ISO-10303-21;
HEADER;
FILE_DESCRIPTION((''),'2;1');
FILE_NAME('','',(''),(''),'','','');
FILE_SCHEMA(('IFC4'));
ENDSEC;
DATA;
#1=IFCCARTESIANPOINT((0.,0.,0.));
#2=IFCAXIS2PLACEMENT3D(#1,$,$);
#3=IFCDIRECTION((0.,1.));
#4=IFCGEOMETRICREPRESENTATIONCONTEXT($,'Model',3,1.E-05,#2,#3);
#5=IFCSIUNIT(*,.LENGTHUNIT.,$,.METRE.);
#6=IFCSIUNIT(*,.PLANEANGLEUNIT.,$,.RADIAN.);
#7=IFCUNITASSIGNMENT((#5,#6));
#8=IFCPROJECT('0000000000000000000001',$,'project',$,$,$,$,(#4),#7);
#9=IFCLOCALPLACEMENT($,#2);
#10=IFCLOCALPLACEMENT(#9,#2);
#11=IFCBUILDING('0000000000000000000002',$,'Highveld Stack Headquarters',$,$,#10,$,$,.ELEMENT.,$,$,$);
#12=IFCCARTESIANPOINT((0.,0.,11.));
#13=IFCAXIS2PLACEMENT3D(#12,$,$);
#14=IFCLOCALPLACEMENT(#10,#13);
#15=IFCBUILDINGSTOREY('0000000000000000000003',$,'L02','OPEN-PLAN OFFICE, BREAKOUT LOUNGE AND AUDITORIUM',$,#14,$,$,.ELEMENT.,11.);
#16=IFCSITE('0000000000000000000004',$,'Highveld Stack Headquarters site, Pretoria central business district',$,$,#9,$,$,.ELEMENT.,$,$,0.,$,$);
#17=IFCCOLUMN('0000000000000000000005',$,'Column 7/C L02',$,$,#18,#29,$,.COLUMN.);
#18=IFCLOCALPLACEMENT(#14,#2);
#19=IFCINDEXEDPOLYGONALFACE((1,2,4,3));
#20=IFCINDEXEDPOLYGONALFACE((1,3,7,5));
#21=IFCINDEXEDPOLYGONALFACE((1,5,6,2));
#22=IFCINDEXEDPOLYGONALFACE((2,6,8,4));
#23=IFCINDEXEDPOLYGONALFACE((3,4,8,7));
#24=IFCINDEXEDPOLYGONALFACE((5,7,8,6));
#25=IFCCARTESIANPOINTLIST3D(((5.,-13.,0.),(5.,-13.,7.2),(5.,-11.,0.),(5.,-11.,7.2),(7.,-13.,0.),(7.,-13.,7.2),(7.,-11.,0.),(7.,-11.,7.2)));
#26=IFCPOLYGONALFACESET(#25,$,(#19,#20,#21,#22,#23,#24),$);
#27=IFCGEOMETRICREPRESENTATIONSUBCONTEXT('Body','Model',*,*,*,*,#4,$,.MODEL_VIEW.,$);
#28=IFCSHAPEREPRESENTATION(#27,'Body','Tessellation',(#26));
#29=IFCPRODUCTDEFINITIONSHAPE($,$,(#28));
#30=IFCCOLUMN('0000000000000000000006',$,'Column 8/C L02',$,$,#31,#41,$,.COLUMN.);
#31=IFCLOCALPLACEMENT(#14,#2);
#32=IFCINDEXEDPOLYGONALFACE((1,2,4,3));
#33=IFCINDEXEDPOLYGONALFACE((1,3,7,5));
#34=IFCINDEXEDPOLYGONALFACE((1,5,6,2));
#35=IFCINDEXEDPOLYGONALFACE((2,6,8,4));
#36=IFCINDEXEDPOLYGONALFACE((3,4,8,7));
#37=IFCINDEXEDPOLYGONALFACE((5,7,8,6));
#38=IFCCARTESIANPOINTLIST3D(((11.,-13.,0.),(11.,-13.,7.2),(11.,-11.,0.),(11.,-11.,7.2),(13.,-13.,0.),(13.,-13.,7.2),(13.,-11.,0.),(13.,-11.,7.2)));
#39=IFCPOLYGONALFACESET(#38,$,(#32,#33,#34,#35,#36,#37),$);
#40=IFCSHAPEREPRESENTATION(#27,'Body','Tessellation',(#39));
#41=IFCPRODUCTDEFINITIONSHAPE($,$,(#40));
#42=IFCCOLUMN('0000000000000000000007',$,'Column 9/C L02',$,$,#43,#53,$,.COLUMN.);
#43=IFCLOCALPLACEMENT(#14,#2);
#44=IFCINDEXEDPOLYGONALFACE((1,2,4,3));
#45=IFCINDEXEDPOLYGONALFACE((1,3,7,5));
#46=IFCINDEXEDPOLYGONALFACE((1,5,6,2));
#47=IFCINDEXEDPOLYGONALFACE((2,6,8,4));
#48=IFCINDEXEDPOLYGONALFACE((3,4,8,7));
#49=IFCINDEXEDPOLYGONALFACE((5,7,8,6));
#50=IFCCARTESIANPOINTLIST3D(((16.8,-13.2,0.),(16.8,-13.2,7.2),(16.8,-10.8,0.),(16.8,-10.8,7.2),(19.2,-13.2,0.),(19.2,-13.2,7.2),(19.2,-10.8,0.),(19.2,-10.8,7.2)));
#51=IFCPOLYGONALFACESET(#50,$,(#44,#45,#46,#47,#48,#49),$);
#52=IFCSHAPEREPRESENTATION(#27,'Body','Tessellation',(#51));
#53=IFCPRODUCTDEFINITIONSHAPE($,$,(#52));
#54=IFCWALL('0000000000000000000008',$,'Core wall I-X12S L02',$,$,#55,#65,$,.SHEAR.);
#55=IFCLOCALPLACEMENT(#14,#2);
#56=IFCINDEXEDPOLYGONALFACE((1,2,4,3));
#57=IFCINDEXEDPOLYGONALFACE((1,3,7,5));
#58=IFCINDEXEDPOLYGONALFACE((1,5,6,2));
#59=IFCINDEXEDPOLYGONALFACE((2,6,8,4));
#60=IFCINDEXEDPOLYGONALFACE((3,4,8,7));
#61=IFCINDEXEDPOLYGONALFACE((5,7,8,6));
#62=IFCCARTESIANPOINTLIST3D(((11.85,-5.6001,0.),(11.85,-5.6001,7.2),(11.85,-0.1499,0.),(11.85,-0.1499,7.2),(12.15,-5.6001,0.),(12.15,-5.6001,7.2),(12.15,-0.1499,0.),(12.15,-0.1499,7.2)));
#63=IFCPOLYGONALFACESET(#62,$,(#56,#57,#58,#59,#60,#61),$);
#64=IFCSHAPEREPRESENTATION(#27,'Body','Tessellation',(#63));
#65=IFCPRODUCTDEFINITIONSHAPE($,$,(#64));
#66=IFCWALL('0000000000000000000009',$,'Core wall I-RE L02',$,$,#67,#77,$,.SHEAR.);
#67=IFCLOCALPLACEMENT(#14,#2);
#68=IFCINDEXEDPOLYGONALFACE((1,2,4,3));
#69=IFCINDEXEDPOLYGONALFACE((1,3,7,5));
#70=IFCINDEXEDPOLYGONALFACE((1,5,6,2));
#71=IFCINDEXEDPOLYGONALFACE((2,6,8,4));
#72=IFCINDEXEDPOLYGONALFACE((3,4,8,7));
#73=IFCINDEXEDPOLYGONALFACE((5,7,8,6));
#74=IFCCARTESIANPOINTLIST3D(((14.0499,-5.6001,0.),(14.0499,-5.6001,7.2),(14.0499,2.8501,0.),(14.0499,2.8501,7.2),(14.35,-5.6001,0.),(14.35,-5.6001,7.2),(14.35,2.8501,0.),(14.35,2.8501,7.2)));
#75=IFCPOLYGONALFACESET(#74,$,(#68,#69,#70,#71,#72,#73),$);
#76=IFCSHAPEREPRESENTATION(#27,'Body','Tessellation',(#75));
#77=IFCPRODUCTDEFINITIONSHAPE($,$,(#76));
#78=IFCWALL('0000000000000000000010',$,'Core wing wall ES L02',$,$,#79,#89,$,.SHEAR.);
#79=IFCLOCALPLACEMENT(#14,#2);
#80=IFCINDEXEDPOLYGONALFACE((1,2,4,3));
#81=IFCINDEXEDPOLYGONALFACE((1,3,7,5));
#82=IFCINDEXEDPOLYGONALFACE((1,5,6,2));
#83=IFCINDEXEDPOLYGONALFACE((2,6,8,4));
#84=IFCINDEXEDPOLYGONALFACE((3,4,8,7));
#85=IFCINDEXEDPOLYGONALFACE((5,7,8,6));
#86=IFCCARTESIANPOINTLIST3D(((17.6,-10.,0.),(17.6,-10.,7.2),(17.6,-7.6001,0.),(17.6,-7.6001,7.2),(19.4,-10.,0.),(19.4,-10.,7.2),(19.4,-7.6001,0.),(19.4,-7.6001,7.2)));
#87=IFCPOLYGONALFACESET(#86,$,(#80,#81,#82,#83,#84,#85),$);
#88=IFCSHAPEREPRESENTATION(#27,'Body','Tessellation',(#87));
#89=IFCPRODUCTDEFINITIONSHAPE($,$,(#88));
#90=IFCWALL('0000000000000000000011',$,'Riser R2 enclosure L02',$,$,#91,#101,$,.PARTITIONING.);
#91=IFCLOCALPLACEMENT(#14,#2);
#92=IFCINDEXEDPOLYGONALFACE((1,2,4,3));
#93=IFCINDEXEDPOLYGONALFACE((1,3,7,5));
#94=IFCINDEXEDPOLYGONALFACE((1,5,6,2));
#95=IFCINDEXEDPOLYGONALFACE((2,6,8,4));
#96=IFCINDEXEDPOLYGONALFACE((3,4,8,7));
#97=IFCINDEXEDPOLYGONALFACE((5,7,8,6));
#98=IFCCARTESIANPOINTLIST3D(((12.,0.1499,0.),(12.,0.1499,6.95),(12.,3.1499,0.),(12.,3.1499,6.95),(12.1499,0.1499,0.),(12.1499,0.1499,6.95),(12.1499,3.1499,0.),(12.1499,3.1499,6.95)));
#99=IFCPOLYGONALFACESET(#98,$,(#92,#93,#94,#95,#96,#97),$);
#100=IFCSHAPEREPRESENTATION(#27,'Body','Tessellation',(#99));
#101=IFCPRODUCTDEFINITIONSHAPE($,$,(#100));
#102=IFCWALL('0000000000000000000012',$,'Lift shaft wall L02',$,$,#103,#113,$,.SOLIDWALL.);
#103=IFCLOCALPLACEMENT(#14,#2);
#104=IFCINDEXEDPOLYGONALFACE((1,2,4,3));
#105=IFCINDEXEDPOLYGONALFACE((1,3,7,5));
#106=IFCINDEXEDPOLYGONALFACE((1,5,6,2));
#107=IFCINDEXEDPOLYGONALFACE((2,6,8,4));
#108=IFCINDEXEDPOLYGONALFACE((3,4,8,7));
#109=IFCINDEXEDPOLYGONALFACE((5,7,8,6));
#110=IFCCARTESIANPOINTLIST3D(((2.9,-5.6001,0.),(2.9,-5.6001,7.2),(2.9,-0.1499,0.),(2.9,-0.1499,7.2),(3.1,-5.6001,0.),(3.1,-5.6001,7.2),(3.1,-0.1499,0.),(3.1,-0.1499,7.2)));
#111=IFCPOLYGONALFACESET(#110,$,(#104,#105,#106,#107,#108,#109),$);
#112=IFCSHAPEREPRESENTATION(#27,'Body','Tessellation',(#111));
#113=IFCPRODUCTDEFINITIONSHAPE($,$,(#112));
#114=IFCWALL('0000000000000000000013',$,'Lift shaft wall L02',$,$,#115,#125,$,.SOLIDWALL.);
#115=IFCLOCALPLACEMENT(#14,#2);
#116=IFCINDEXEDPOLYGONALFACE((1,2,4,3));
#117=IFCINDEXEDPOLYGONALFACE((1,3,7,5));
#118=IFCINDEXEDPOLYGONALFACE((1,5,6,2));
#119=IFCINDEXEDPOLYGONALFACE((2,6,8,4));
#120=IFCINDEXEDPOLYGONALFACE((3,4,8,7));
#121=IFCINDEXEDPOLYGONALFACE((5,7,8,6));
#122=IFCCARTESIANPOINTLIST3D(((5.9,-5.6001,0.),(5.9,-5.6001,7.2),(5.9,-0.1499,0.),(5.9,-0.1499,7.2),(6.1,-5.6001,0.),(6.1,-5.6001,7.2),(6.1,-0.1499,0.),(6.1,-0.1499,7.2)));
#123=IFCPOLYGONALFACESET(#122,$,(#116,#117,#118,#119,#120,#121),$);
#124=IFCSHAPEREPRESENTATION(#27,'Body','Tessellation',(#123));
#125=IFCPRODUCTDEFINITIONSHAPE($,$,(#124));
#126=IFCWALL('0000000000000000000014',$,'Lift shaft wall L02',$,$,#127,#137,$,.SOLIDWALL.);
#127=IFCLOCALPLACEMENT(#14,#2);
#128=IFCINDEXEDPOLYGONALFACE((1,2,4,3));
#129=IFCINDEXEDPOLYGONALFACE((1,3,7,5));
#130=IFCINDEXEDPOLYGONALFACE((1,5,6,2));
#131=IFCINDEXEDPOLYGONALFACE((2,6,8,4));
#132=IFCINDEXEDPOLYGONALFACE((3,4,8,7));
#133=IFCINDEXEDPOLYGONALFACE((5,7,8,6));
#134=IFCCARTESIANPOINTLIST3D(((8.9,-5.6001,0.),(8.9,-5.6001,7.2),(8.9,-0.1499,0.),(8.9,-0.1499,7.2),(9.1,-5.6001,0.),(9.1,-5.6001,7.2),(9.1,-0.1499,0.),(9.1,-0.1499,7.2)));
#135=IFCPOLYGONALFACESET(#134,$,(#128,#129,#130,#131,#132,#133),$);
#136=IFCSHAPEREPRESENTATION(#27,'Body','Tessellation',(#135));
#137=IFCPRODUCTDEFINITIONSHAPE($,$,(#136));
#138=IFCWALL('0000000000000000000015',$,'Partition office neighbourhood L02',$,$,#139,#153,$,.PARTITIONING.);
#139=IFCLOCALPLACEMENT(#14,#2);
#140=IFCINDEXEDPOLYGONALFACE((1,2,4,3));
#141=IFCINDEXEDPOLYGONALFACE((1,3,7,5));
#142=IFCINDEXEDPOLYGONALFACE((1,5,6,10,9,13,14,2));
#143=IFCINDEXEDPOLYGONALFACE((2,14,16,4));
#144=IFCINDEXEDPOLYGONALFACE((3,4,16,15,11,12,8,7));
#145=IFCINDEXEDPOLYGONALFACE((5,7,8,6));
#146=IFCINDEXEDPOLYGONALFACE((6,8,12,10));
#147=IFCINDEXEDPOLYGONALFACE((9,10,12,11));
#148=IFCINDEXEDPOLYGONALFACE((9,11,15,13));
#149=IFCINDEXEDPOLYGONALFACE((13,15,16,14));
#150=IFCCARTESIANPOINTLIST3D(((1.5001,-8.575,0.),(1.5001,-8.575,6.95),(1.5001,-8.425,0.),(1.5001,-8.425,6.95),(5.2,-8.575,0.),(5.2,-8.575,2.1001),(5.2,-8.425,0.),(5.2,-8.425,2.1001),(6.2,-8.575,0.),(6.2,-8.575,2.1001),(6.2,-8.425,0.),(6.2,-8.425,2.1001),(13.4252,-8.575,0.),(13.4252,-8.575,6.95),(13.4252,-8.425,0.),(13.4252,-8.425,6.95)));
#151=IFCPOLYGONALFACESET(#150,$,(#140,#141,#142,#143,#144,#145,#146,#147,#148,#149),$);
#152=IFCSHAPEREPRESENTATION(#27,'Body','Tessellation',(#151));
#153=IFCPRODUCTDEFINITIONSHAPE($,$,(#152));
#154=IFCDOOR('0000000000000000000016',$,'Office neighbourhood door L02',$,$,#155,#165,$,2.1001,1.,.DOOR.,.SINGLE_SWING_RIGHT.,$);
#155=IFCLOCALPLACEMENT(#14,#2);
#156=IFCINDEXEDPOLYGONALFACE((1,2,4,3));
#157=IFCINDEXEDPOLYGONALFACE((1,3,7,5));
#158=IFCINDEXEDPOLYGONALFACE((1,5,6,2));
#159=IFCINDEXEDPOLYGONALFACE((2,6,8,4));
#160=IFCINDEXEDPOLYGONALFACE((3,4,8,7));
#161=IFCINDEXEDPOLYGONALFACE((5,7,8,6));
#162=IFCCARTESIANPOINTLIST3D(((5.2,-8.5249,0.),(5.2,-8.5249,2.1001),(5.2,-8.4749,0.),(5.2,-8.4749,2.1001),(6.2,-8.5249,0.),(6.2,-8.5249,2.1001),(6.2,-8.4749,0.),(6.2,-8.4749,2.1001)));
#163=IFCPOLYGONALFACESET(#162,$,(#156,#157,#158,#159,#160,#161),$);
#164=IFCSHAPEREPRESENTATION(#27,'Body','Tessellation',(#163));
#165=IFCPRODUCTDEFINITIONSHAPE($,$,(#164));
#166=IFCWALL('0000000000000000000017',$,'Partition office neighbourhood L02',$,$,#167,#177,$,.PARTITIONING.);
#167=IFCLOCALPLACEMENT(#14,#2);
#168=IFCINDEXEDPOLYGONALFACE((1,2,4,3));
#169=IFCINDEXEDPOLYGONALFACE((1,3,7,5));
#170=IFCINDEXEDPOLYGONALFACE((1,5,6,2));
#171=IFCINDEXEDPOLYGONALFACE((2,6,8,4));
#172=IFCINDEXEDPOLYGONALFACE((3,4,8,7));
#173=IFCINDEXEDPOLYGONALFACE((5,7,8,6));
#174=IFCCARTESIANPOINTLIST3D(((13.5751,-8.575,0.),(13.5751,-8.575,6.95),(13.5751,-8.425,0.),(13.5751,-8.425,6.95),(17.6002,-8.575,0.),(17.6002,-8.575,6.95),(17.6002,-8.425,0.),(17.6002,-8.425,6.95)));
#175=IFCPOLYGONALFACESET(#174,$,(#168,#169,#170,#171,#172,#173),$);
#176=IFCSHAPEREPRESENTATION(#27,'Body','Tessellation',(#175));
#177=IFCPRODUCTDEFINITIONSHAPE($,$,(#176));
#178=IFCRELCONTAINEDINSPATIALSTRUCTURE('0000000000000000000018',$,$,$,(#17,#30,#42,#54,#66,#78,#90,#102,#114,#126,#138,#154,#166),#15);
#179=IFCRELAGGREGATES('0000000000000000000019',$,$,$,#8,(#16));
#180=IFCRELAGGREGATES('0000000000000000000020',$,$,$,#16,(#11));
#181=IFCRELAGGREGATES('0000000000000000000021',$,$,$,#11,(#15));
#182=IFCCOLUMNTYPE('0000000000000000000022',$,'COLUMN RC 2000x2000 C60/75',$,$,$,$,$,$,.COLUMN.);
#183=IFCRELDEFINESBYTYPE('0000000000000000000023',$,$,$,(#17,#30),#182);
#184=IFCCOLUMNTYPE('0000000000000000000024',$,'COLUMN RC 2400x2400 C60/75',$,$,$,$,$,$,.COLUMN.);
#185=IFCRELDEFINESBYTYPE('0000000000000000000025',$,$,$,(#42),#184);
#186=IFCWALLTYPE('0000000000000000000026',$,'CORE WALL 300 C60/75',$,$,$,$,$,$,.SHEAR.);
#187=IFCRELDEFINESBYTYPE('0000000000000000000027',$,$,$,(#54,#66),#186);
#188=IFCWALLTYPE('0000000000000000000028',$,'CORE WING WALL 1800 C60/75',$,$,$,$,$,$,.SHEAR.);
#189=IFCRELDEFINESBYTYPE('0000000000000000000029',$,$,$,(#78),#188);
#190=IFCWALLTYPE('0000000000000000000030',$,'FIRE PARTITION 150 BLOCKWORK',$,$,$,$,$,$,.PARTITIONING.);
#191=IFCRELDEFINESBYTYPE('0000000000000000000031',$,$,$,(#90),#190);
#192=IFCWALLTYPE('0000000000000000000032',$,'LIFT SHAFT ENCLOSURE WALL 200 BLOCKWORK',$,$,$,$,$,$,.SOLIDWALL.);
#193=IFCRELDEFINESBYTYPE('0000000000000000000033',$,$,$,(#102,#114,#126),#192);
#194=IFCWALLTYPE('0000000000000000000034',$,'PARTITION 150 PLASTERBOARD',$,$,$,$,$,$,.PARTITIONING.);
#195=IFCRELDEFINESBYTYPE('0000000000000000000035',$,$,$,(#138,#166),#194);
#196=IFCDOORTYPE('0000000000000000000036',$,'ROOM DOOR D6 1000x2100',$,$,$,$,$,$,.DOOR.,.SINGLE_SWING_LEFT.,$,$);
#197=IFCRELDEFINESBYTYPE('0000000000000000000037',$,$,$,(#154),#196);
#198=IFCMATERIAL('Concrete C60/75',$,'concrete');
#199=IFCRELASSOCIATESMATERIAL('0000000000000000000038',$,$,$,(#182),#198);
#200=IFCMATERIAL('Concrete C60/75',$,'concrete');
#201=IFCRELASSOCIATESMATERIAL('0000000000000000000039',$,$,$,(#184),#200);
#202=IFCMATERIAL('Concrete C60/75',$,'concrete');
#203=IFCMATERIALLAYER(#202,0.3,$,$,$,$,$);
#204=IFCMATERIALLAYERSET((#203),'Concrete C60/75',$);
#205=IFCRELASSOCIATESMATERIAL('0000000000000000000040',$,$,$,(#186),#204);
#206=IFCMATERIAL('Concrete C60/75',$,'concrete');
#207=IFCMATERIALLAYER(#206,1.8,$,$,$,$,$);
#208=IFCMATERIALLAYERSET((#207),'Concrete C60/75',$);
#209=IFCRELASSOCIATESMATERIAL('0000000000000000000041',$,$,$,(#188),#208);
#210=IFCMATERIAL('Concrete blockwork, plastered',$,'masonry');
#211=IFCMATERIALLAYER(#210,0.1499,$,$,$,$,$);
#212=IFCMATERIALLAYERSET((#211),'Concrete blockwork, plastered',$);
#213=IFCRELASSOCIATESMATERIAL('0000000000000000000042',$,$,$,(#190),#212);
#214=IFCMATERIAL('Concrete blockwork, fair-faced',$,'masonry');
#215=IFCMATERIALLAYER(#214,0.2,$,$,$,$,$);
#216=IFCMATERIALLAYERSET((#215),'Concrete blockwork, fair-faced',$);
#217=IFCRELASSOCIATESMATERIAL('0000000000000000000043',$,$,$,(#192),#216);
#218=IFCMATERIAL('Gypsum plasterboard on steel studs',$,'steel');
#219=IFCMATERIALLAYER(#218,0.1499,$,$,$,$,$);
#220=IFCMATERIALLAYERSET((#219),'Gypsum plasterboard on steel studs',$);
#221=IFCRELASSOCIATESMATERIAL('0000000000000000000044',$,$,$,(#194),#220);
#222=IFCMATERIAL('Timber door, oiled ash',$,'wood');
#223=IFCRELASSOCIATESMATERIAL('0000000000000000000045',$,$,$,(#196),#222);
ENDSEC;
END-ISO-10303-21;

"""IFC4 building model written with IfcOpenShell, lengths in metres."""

from ifc_helpers import new_model, si_unit, direction, frame, frame_2d, origin, origin_2d, place, context, subcontext, project, spatial, rectangle, extrude, material, layer, layer_set, material_profile, profile_set, type_object, element, fill, save


model = new_model("IFC4")

# Units and contexts
model_context = context("Model", 3, precision=1e-05, world=origin(), true_north=direction((0.0, 1.0)))
body_context = subcontext(model_context, "Body", "Model", "MODEL_VIEW")
ifc_project = project(units=[si_unit("LENGTHUNIT", "METRE"), si_unit("PLANEANGLEUNIT", "RADIAN")], contexts=[model_context])

# Site, building, storey
site_placement = place(None, origin())
site = spatial("IfcSite", under=ifc_project, at=site_placement, Name="Highveld Stack Headquarters site, Pretoria central business district", CompositionType="ELEMENT", RefElevation=0.0)
building_placement = place(site_placement, origin())
building = spatial("IfcBuilding", under=site, at=building_placement, Name="Highveld Stack Headquarters", CompositionType="ELEMENT")
storey_placement = place(building_placement, frame((0.0, 0.0, 11.0)))
storey = spatial("IfcBuildingStorey", under=building, at=storey_placement, Name="L02", Description="OPEN-PLAN OFFICE, BREAKOUT LOUNGE AND AUDITORIUM", CompositionType="ELEMENT", Elevation=11.0)

# Columns
ifc_material_1 = material(Name="Concrete C60/75", Category="concrete")
ifc_material_profile_1 = material_profile(ifc_material_1, rectangle(XDim=2.0, YDim=2.0, at=origin_2d()), Name="RC 2000x2000")
ifc_profile_set_1 = profile_set([ifc_material_profile_1], Name="Concrete C60/75")
column_type_1 = type_object("IfcColumnType", Name="COLUMN RC 2000x2000 C60/75", PredefinedType="COLUMN", material=ifc_profile_set_1)
for number, where, z_axis, x_axis, name in (
    (1, (6.0, -12.0, 0.0), (0.0, 0.0, 1.0), (1.0, 0.0, 0.0), "Column 7/C L02"),
    (2, (12.0, -12.0, 0.0), (0.0, 0.0, 1.0), (1.0, 0.0, 0.0), "Column 8/C L02"),
):
    element("IfcColumn", number, at=place(storey_placement, frame(where, z_axis=z_axis, x_axis=x_axis)), inside=storey, type_object=column_type_1, Name=name, PredefinedType="COLUMN", context=body_context, shape_type="SweptSolid", body=[
        extrude(rectangle(XDim=2.0, YDim=2.0, at=origin_2d()), origin(), (0.0, 0.0, 1.0), 7.2),
    ])
ifc_material_2 = material(Name="Concrete C60/75", Category="concrete")
ifc_material_profile_2 = material_profile(ifc_material_2, rectangle(XDim=2.3999, YDim=2.3999, at=origin_2d()), Name="RC 2400x2400")
ifc_profile_set_2 = profile_set([ifc_material_profile_2], Name="Concrete C60/75")
column_type_2 = type_object("IfcColumnType", Name="COLUMN RC 2400x2400 C60/75", PredefinedType="COLUMN", material=ifc_profile_set_2)
column_placement = place(storey_placement, frame((18.0, -12.0, 0.0), z_axis=(0.0, 0.0, 1.0), x_axis=(1.0, 0.0, 0.0)))
element("IfcColumn", 3, at=column_placement, inside=storey, type_object=column_type_2, Name="Column 9/C L02", PredefinedType="COLUMN", context=body_context, shape_type="SweptSolid", body=[
    extrude(rectangle(XDim=2.3999, YDim=2.3999, at=origin_2d()), origin(), (0.0, 0.0, 1.0), 7.2),
])

# Walls
ifc_material_3 = material(Name="Concrete C60/75", Category="concrete")
ifc_layer_1 = layer(ifc_material_3, 0.3)
ifc_layer_set_1 = layer_set([ifc_layer_1], Name="Concrete C60/75")
wall_type_1 = type_object("IfcWallType", Name="CORE WALL 300 C60/75", PredefinedType="SHEAR", material=ifc_layer_set_1)
wall_1_placement = place(storey_placement, frame((12.0, -5.6001, 0.0), z_axis=(0.0, 0.0, 1.0), x_axis=(0.0, 1.0, 0.0)))
element("IfcWall", 4, at=wall_1_placement, inside=storey, type_object=wall_type_1, Name="Core wall I-X12S L02", PredefinedType="SHEAR", context=body_context, shape_type="SweptSolid", body=[
    extrude(rectangle(XDim=5.4502, YDim=0.3, at=frame_2d((2.7251, 0.0))), origin(), (0.0, 0.0, 1.0), 7.2),
])
wall_2_placement = place(storey_placement, frame((14.2, -5.6001, 0.0), z_axis=(0.0, 0.0, 1.0), x_axis=(0.0, 1.0, 0.0)))
element("IfcWall", 5, at=wall_2_placement, inside=storey, type_object=wall_type_1, Name="Core wall I-RE L02", PredefinedType="SHEAR", context=body_context, shape_type="SweptSolid", body=[
    extrude(rectangle(XDim=8.4502, YDim=0.3, at=frame_2d((4.2251, 0.0))), origin(), (0.0, 0.0, 1.0), 7.2),
])
ifc_material_4 = material(Name="Concrete C60/75", Category="concrete")
ifc_layer_2 = layer(ifc_material_4, 1.8)
ifc_layer_set_2 = layer_set([ifc_layer_2], Name="Concrete C60/75")
wall_type_2 = type_object("IfcWallType", Name="CORE WING WALL 1800 C60/75", PredefinedType="SHEAR", material=ifc_layer_set_2)
wall_3_placement = place(storey_placement, frame((18.5, -10.0, 0.0), z_axis=(0.0, 0.0, 1.0), x_axis=(0.0, 1.0, 0.0)))
element("IfcWall", 6, at=wall_3_placement, inside=storey, type_object=wall_type_2, Name="Core wing wall ES L02", PredefinedType="SHEAR", context=body_context, shape_type="SweptSolid", body=[
    extrude(rectangle(XDim=2.3999, YDim=1.8, at=frame_2d((1.2, 0.0))), origin(), (0.0, 0.0, 1.0), 7.2),
])
ifc_material_5 = material(Name="Concrete blockwork, plastered", Category="masonry")
ifc_layer_3 = layer(ifc_material_5, 0.1499)
ifc_layer_set_3 = layer_set([ifc_layer_3], Name="Concrete blockwork, plastered")
wall_type_3 = type_object("IfcWallType", Name="FIRE PARTITION 150 BLOCKWORK", PredefinedType="PARTITIONING", material=ifc_layer_set_3)
wall_4_placement = place(storey_placement, frame((12.075, 0.1499, 0.0), z_axis=(0.0, 0.0, 1.0), x_axis=(0.0, 1.0, 0.0)))
element("IfcWall", 7, at=wall_4_placement, inside=storey, type_object=wall_type_3, Name="Riser R2 enclosure L02", PredefinedType="PARTITIONING", context=body_context, shape_type="SweptSolid", body=[
    extrude(rectangle(XDim=3.0, YDim=0.1499, at=frame_2d((1.5, 0.0))), origin(), (0.0, 0.0, 1.0), 6.95),
])
ifc_material_6 = material(Name="Concrete blockwork, fair-faced", Category="masonry")
ifc_layer_4 = layer(ifc_material_6, 0.2)
ifc_layer_set_4 = layer_set([ifc_layer_4], Name="Concrete blockwork, fair-faced")
wall_type_4 = type_object("IfcWallType", Name="LIFT SHAFT ENCLOSURE WALL 200 BLOCKWORK", PredefinedType="SOLIDWALL", material=ifc_layer_set_4)
for number, where, z_axis, x_axis, name in (
    (8, (3.0, -5.6001, 0.0), (0.0, 0.0, 1.0), (0.0, 1.0, 0.0), "Lift shaft wall L02"),
    (9, (6.0, -5.6001, 0.0), (0.0, 0.0, 1.0), (0.0, 1.0, 0.0), "Lift shaft wall L02"),
    (10, (9.0, -5.6001, 0.0), (0.0, 0.0, 1.0), (0.0, 1.0, 0.0), "Lift shaft wall L02"),
):
    element("IfcWall", number, at=place(storey_placement, frame(where, z_axis=z_axis, x_axis=x_axis)), inside=storey, type_object=wall_type_4, Name=name, PredefinedType="SOLIDWALL", context=body_context, shape_type="SweptSolid", body=[
        extrude(rectangle(XDim=5.4502, YDim=0.2, at=frame_2d((2.7251, 0.0))), origin(), (0.0, 0.0, 1.0), 7.2),
    ])

# Wall, opening, door
ifc_material_7 = material(Name="Gypsum plasterboard on steel studs", Category="steel")
ifc_layer_5 = layer(ifc_material_7, 0.1499)
ifc_layer_set_5 = layer_set([ifc_layer_5], Name="Gypsum plasterboard on steel studs")
wall_type_5 = type_object("IfcWallType", Name="PARTITION 150 PLASTERBOARD", PredefinedType="PARTITIONING", material=ifc_layer_set_5)
wall_5_placement = place(storey_placement, frame((13.425, -8.5, 0.0), z_axis=(0.0, 0.0, 1.0), x_axis=(-1.0, 0.0, 0.0)))
wall_5 = element("IfcWall", 11, at=wall_5_placement, inside=storey, type_object=wall_type_5, Name="Partition office neighbourhood L02", PredefinedType="PARTITIONING", context=body_context, shape_type="SweptSolid", body=[
    extrude(rectangle(XDim=11.925, YDim=0.1499, at=frame_2d((5.9624, 0.0))), origin(), (0.0, 0.0, 1.0), 6.95),
])
opening_1_placement = place(wall_5_placement, frame((7.2251, 0.0, 0.0)))
opening_1 = element("IfcOpeningElement", 12, at=opening_1_placement, cuts=wall_5, PredefinedType="OPENING", context=body_context, shape_type="SweptSolid", body=[
    extrude(rectangle(XDim=1.0, YDim=2.1001, at=frame_2d((0.5, 1.05))), frame((0.0, 0.085, 0.0), z_axis=(0.0, -1.0, 0.0), x_axis=(1.0, 0.0, 0.0)), (0.0, 0.0, 1.0), 0.1699),
])
ifc_material_8 = material(Name="Timber door, oiled ash", Category="wood")
door_type_1 = type_object("IfcDoorType", Name="ROOM DOOR D6 1000x2100", OperationType="SINGLE_SWING_LEFT", PredefinedType="DOOR", material=ifc_material_8)
door_1_placement = place(opening_1_placement, origin())
door_1 = element("IfcDoor", 13, at=door_1_placement, inside=storey, type_object=door_type_1, Name="Office neighbourhood door L02", OperationType="SINGLE_SWING_RIGHT", OverallHeight=2.1001, OverallWidth=1.0, PredefinedType="DOOR", context=body_context, shape_type="SweptSolid", body=[
    extrude(rectangle(XDim=1.0, YDim=2.1001, at=frame_2d((0.5, 1.05))), frame((0.0, 0.0249, 0.0), z_axis=(0.0, -1.0, 0.0), x_axis=(1.0, 0.0, 0.0)), (0.0, 0.0, 1.0), 0.05),
])
fill(opening_1, door_1)

# Wall
wall_6_placement = place(storey_placement, frame((13.575, -8.5, 0.0), z_axis=(0.0, 0.0, 1.0), x_axis=(1.0, 0.0, 0.0)))
element("IfcWall", 14, at=wall_6_placement, inside=storey, type_object=wall_type_5, Name="Partition office neighbourhood L02", PredefinedType="PARTITIONING", context=body_context, shape_type="SweptSolid", body=[
    extrude(rectangle(XDim=4.0251, YDim=0.1499, at=frame_2d((2.0127, 0.0))), origin(), (0.0, 0.0, 1.0), 6.95),
])

save(model, "model.ifc")
